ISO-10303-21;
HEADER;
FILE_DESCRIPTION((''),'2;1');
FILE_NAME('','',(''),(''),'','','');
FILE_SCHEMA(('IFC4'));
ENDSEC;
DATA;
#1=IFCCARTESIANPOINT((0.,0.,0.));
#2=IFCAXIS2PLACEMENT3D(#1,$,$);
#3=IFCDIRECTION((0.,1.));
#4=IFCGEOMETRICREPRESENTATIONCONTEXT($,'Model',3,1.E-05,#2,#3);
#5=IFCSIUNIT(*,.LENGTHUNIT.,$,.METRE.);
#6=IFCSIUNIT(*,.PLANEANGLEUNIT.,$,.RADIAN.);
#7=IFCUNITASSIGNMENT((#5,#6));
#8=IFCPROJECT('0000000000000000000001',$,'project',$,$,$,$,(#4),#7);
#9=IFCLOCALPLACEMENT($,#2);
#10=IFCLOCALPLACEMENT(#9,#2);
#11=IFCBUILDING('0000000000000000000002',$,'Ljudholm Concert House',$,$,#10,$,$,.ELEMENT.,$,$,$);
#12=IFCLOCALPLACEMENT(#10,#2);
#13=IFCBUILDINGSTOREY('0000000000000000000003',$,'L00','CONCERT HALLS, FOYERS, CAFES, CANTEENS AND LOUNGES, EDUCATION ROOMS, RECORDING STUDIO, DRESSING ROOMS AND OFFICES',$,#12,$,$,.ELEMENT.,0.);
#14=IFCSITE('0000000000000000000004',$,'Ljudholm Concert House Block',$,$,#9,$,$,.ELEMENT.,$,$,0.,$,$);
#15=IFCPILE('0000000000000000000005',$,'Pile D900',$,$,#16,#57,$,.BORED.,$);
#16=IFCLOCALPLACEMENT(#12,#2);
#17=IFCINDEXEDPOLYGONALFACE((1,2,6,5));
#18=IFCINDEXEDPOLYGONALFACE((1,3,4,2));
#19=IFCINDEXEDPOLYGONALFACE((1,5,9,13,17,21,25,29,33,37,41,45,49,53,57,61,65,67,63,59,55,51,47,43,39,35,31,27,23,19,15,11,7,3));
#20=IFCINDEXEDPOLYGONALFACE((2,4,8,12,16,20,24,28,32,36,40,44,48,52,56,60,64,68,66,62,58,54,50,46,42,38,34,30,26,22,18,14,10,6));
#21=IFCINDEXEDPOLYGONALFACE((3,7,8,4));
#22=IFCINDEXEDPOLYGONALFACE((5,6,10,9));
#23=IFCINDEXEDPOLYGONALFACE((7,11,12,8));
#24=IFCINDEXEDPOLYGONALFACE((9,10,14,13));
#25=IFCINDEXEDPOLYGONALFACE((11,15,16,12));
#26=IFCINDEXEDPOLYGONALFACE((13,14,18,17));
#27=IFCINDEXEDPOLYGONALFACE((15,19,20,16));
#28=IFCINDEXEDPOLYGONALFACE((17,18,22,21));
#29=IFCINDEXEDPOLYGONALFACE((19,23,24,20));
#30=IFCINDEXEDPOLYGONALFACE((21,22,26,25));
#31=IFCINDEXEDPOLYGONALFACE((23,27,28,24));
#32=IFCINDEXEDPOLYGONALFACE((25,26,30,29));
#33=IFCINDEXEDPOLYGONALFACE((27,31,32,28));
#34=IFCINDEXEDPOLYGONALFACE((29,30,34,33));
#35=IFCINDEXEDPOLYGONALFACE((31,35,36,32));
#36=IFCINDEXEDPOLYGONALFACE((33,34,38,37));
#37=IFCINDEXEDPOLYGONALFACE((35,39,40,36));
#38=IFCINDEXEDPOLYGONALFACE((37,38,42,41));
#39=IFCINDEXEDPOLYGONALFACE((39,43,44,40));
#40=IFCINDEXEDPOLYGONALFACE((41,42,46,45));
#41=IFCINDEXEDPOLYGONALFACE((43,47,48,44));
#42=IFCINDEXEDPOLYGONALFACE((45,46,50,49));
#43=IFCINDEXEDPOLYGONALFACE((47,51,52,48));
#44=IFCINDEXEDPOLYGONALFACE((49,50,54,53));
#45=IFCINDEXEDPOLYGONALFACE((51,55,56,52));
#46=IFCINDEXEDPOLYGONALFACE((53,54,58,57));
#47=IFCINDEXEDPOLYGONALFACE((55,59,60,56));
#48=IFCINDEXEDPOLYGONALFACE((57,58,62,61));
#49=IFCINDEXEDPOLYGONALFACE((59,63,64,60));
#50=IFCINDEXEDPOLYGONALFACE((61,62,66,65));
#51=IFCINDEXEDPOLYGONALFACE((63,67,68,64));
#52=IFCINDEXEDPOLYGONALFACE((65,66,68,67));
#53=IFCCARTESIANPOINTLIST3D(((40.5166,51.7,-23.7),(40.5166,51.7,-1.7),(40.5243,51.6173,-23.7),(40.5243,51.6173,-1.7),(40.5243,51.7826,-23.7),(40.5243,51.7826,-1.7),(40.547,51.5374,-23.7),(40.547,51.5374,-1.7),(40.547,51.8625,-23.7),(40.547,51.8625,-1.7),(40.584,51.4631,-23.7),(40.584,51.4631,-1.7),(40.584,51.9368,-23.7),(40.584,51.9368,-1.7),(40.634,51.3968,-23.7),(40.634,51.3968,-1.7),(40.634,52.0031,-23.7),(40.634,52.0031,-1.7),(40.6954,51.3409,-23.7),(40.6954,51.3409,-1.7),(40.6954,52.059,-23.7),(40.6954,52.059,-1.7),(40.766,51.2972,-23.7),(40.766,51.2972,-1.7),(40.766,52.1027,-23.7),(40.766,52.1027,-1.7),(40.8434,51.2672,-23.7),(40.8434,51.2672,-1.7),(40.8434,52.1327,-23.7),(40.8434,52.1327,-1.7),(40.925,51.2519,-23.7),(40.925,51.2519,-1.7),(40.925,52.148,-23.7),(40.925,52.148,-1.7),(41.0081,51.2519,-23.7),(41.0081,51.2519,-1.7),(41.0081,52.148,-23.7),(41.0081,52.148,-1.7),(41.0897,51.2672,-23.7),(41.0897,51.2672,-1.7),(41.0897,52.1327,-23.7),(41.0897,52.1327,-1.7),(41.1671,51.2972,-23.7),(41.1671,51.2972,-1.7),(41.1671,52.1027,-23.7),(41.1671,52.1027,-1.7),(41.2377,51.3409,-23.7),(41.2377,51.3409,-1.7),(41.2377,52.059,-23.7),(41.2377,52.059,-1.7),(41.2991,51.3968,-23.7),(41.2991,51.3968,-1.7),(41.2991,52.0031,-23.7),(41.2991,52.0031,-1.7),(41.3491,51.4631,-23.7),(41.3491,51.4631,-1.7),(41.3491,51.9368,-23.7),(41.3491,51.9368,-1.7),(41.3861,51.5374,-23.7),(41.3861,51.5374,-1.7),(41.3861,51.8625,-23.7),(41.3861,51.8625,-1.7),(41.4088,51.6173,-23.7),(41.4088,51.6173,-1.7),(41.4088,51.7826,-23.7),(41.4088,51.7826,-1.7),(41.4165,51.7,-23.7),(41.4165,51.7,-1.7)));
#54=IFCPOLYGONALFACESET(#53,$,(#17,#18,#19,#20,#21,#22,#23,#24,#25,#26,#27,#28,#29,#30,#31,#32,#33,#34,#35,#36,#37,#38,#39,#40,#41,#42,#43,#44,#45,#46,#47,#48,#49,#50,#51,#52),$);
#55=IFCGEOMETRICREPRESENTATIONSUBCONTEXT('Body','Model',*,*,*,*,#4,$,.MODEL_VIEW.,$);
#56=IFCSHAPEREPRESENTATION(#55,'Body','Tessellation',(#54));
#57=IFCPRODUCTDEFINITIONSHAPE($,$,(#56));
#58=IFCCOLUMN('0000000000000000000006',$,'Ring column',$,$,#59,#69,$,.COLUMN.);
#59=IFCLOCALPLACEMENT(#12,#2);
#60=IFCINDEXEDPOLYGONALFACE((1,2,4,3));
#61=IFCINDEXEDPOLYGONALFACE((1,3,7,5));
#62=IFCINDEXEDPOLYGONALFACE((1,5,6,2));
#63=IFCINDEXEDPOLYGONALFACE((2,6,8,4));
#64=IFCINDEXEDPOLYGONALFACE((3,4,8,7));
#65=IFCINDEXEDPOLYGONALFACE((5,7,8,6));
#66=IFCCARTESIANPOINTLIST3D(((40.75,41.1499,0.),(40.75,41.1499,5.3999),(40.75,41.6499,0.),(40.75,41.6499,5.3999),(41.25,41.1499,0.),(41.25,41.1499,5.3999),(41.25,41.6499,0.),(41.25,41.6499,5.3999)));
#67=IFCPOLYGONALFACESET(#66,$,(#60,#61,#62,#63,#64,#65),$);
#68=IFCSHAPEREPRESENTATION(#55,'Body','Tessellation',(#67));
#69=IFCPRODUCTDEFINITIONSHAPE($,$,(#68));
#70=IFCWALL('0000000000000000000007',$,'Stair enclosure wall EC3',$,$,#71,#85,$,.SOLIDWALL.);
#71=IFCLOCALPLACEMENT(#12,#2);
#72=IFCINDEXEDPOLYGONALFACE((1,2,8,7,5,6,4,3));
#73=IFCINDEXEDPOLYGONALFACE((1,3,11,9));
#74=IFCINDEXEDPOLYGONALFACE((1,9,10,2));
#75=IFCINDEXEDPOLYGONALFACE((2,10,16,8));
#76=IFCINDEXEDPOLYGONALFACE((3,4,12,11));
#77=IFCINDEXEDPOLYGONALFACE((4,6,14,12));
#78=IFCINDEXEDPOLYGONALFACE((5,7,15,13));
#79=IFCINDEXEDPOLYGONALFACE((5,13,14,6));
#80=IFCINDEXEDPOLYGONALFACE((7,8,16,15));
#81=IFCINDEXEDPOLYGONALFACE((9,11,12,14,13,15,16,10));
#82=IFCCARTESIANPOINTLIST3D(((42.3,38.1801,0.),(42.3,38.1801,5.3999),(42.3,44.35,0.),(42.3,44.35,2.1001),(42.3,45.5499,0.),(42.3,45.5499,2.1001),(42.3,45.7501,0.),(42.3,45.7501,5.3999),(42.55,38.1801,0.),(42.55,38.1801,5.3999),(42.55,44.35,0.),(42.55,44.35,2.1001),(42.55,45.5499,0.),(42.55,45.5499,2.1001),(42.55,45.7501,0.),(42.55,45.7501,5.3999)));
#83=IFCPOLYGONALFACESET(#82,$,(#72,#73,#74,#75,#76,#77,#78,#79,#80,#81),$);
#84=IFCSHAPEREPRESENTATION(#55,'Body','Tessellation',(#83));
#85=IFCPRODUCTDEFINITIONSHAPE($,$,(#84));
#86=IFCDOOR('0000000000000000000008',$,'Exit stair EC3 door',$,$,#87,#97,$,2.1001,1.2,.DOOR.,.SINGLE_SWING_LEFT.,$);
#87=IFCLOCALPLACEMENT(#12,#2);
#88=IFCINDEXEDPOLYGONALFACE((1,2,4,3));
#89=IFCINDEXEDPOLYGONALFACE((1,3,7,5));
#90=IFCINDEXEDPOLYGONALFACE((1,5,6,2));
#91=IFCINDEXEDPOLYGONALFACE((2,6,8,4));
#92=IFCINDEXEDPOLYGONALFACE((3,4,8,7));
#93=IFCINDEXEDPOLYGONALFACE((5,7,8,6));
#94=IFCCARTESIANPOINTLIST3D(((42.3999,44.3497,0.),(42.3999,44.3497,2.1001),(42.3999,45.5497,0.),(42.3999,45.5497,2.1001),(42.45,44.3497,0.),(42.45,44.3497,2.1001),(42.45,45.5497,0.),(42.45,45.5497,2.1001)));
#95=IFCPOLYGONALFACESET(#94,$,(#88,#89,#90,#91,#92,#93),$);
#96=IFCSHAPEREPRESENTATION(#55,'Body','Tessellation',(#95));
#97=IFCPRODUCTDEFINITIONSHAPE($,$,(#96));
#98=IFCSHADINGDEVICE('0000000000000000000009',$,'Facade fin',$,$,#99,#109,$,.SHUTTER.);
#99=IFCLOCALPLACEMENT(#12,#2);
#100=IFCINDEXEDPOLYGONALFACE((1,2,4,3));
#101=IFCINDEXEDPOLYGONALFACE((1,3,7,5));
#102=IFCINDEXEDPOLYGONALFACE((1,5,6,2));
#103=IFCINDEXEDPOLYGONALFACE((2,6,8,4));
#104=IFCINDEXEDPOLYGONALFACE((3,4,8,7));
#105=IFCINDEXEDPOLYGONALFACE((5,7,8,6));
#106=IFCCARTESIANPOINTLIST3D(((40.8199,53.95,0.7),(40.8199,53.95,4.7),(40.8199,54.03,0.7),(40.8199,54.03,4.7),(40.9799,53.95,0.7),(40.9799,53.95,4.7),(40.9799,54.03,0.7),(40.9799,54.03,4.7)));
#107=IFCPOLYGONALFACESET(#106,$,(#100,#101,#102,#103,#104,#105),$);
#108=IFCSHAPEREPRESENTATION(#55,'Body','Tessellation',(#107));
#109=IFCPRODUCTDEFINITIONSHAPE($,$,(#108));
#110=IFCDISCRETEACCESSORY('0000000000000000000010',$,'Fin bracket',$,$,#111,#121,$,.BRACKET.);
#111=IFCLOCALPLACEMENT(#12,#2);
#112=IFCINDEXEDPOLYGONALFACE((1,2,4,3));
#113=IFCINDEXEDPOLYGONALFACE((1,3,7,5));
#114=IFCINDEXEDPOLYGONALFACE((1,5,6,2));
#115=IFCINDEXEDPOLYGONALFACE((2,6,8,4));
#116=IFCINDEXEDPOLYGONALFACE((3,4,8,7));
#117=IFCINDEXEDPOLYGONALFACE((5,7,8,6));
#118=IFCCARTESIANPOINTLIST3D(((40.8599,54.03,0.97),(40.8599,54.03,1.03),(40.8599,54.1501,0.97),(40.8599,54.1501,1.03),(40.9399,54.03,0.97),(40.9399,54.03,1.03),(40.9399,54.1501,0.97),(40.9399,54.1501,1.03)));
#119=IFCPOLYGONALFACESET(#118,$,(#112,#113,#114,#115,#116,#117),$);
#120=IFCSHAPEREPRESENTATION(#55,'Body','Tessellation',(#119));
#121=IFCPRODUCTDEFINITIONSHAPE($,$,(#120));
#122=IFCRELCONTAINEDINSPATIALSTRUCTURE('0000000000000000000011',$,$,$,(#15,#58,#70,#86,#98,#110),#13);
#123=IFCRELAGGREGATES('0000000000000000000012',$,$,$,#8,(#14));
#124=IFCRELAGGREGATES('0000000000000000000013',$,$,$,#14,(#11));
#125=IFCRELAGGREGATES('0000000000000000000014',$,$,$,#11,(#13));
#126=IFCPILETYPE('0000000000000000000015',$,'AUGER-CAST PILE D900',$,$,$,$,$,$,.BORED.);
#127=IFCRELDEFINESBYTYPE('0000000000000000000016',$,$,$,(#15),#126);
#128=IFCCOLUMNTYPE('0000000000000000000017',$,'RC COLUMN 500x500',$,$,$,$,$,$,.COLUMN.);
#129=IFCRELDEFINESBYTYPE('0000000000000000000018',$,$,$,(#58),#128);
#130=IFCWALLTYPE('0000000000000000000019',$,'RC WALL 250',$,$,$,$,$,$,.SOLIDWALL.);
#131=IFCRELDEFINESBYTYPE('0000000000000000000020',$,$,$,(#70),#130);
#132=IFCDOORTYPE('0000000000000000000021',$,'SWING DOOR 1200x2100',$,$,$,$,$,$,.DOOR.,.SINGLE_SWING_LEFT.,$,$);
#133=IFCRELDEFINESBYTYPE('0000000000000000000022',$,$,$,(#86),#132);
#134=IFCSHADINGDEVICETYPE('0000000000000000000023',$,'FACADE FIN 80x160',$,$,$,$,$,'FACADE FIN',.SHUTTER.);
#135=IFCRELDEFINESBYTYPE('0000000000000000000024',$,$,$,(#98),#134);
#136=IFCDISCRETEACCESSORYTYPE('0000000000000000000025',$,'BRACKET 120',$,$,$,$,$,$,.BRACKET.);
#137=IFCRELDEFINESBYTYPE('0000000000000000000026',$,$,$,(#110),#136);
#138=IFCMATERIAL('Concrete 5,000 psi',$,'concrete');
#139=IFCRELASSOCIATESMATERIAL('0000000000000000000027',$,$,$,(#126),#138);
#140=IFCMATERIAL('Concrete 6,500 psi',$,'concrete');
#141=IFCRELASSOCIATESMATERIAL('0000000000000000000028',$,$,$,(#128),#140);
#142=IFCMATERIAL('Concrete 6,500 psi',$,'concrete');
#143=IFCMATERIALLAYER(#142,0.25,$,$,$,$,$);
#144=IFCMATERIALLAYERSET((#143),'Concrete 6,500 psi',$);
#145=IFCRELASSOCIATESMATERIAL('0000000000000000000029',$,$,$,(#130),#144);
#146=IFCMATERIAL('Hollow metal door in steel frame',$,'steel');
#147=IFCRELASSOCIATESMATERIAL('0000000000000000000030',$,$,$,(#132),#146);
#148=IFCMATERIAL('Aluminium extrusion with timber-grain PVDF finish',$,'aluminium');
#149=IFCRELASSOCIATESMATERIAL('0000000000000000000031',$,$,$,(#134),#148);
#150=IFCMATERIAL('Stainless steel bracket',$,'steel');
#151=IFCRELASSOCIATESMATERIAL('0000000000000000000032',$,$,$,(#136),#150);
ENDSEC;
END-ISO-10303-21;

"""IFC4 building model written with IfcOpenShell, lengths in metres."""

from ifc_helpers import new_model, si_unit, direction, frame, frame_2d, origin, origin_2d, place, context, subcontext, project, spatial, rectangle, circle, extrude, material, layer, layer_set, material_profile, profile_set, type_object, element, fill, save


model = new_model("IFC4")

# Units and contexts
model_context = context("Model", 3, precision=1e-05, world=origin(), true_north=direction((0.0, 1.0)))
body_context = subcontext(model_context, "Body", "Model", "MODEL_VIEW")
ifc_project = project(units=[si_unit("LENGTHUNIT", "METRE"), si_unit("PLANEANGLEUNIT", "RADIAN")], contexts=[model_context])

# Site, building, storey
site_placement = place(None, origin())
site = spatial("IfcSite", under=ifc_project, at=site_placement, Name="Ljudholm Concert House Block", CompositionType="ELEMENT", RefElevation=0.0)
building_placement = place(site_placement, origin())
building = spatial("IfcBuilding", under=site, at=building_placement, Name="Ljudholm Concert House", CompositionType="ELEMENT")
storey_placement = place(building_placement, origin())
storey = spatial("IfcBuildingStorey", under=building, at=storey_placement, Name="L00", Description="CONCERT HALLS, FOYERS, CAFES, CANTEENS AND LOUNGES, EDUCATION ROOMS, RECORDING STUDIO, DRESSING ROOMS AND OFFICES", CompositionType="ELEMENT", Elevation=0.0)

# Pile
ifc_material_1 = material(Name="Concrete 5,000 psi", Category="concrete")
ifc_material_profile_1 = material_profile(ifc_material_1, circle(Radius=0.45, at=origin_2d()), Name="AUGER-CAST PILE D900")
ifc_profile_set_1 = profile_set([ifc_material_profile_1], Name="Concrete 5,000 psi")
pile_type_1 = type_object("IfcPileType", Name="AUGER-CAST PILE D900", PredefinedType="BORED", material=ifc_profile_set_1)
for number, where, z_axis, x_axis, name in (
    (1, (40.9666, 51.7, -1.7), (0.0, 0.0, -1.0), (1.0, 0.0, 0.0), "Pile D900"),
):
    element("IfcPile", number, at=place(storey_placement, frame(where, z_axis=z_axis, x_axis=x_axis)), inside=storey, type_object=pile_type_1, Name=name, PredefinedType="BORED", context=body_context, shape_type="SweptSolid", body=[
        extrude(circle(Radius=0.45, at=origin_2d()), origin(), (0.0, 0.0, 1.0), 22.0),
    ])

# Column
ifc_material_2 = material(Name="Concrete 6,500 psi", Category="concrete")
ifc_material_profile_2 = material_profile(ifc_material_2, rectangle(XDim=0.5, YDim=0.5, at=origin_2d()), Name="RC COLUMN 500x500")
ifc_profile_set_2 = profile_set([ifc_material_profile_2], Name="Concrete 6,500 psi")
column_type = type_object("IfcColumnType", Name="RC COLUMN 500x500", PredefinedType="COLUMN", material=ifc_profile_set_2)
column_placement = place(storey_placement, frame((41.0, 41.3999, 0.0), z_axis=(0.0, 0.0, 1.0), x_axis=(1.0, 0.0, 0.0)))
element("IfcColumn", 2, at=column_placement, inside=storey, type_object=column_type, Name="Ring column", PredefinedType="COLUMN", context=body_context, shape_type="SweptSolid", body=[
    extrude(rectangle(XDim=0.5, YDim=0.5, at=origin_2d()), origin(), (0.0, 0.0, 1.0), 5.3999),
])

# Wall, opening, door
ifc_material_3 = material(Name="Concrete 6,500 psi", Category="concrete")
ifc_layer = layer(ifc_material_3, 0.25)
ifc_layer_set = layer_set([ifc_layer], Name="Concrete 6,500 psi")
wall_type = type_object("IfcWallType", Name="RC WALL 250", PredefinedType="SOLIDWALL", material=ifc_layer_set)
wall_placement = place(storey_placement, frame((42.425, 38.1799, 0.0), z_axis=(0.0, 0.0, 1.0), x_axis=(0.0, 1.0, 0.0)))
wall = element("IfcWall", 3, at=wall_placement, inside=storey, type_object=wall_type, Name="Stair enclosure wall EC3", PredefinedType="SOLIDWALL", context=body_context, shape_type="SweptSolid", body=[
    extrude(rectangle(XDim=7.5701, YDim=0.25, at=frame_2d((3.7852, 0.0))), origin(), (0.0, 0.0, 1.0), 5.3999),
])
opening_placement = place(wall_placement, frame((6.1699, 0.0, 0.0)))
opening = element("IfcOpeningElement", 4, at=opening_placement, cuts=wall, PredefinedType="OPENING", context=body_context, shape_type="SweptSolid", body=[
    extrude(rectangle(XDim=1.2, YDim=2.1001, at=frame_2d((0.6001, 1.05))), frame((0.0, 0.135, 0.0), z_axis=(0.0, -1.0, 0.0), x_axis=(1.0, 0.0, 0.0)), (0.0, 0.0, 1.0), 0.27),
])
ifc_material_4 = material(Name="Hollow metal door in steel frame", Category="steel")
door_type = type_object("IfcDoorType", Name="SWING DOOR 1200x2100", OperationType="SINGLE_SWING_LEFT", PredefinedType="DOOR", material=ifc_material_4)
door_placement = place(opening_placement, frame((1.2, 0.0, 0.0), z_axis=(0.0, 0.0, 1.0), x_axis=(-1.0, 0.0, 0.0)))
door = element("IfcDoor", 5, at=door_placement, inside=storey, type_object=door_type, Name="Exit stair EC3 door", OperationType="SINGLE_SWING_LEFT", OverallHeight=2.1001, OverallWidth=1.2, PredefinedType="DOOR", context=body_context, shape_type="SweptSolid", body=[
    extrude(rectangle(XDim=1.2, YDim=2.1001, at=frame_2d((0.6001, 1.05))), frame((0.0, 0.0249, 0.0), z_axis=(0.0, -1.0, 0.0), x_axis=(1.0, 0.0, 0.0)), (0.0, 0.0, 1.0), 0.05),
])
fill(opening, door)

# Shading device
ifc_material_5 = material(Name="Aluminium extrusion with timber-grain PVDF finish", Category="aluminium")
shading_device_type = type_object("IfcShadingDeviceType", Name="FACADE FIN 80x160", ElementType="FACADE FIN", PredefinedType="SHUTTER", material=ifc_material_5)
shading_device_placement = place(storey_placement, frame((40.8999, 53.99, 0.7), z_axis=(0.0, 0.0, 1.0), x_axis=(0.0, -1.0, 0.0)))
element("IfcShadingDevice", 6, at=shading_device_placement, inside=storey, type_object=shading_device_type, Name="Facade fin", PredefinedType="SHUTTER", context=body_context, shape_type="SweptSolid", body=[
    extrude(rectangle(XDim=0.0801, YDim=0.1599, at=origin_2d()), origin(), (0.0, 0.0, 1.0), 4.0),
])

# Discrete accessory
ifc_material_6 = material(Name="Stainless steel bracket", Category="steel")
discrete_accessory_type = type_object("IfcDiscreteAccessoryType", Name="BRACKET 120", PredefinedType="BRACKET", material=ifc_material_6)
discrete_accessory_placement = place(storey_placement, frame((40.8999, 54.0901, 0.97), z_axis=(0.0, 0.0, 1.0), x_axis=(0.0, -1.0, 0.0)))
element("IfcDiscreteAccessory", 7, at=discrete_accessory_placement, inside=storey, type_object=discrete_accessory_type, Name="Fin bracket", PredefinedType="BRACKET", context=body_context, shape_type="SweptSolid", body=[
    extrude(rectangle(XDim=0.1201, YDim=0.0801, at=origin_2d()), origin(), (0.0, 0.0, 1.0), 0.0601),
])

save(model, "model.ifc")
